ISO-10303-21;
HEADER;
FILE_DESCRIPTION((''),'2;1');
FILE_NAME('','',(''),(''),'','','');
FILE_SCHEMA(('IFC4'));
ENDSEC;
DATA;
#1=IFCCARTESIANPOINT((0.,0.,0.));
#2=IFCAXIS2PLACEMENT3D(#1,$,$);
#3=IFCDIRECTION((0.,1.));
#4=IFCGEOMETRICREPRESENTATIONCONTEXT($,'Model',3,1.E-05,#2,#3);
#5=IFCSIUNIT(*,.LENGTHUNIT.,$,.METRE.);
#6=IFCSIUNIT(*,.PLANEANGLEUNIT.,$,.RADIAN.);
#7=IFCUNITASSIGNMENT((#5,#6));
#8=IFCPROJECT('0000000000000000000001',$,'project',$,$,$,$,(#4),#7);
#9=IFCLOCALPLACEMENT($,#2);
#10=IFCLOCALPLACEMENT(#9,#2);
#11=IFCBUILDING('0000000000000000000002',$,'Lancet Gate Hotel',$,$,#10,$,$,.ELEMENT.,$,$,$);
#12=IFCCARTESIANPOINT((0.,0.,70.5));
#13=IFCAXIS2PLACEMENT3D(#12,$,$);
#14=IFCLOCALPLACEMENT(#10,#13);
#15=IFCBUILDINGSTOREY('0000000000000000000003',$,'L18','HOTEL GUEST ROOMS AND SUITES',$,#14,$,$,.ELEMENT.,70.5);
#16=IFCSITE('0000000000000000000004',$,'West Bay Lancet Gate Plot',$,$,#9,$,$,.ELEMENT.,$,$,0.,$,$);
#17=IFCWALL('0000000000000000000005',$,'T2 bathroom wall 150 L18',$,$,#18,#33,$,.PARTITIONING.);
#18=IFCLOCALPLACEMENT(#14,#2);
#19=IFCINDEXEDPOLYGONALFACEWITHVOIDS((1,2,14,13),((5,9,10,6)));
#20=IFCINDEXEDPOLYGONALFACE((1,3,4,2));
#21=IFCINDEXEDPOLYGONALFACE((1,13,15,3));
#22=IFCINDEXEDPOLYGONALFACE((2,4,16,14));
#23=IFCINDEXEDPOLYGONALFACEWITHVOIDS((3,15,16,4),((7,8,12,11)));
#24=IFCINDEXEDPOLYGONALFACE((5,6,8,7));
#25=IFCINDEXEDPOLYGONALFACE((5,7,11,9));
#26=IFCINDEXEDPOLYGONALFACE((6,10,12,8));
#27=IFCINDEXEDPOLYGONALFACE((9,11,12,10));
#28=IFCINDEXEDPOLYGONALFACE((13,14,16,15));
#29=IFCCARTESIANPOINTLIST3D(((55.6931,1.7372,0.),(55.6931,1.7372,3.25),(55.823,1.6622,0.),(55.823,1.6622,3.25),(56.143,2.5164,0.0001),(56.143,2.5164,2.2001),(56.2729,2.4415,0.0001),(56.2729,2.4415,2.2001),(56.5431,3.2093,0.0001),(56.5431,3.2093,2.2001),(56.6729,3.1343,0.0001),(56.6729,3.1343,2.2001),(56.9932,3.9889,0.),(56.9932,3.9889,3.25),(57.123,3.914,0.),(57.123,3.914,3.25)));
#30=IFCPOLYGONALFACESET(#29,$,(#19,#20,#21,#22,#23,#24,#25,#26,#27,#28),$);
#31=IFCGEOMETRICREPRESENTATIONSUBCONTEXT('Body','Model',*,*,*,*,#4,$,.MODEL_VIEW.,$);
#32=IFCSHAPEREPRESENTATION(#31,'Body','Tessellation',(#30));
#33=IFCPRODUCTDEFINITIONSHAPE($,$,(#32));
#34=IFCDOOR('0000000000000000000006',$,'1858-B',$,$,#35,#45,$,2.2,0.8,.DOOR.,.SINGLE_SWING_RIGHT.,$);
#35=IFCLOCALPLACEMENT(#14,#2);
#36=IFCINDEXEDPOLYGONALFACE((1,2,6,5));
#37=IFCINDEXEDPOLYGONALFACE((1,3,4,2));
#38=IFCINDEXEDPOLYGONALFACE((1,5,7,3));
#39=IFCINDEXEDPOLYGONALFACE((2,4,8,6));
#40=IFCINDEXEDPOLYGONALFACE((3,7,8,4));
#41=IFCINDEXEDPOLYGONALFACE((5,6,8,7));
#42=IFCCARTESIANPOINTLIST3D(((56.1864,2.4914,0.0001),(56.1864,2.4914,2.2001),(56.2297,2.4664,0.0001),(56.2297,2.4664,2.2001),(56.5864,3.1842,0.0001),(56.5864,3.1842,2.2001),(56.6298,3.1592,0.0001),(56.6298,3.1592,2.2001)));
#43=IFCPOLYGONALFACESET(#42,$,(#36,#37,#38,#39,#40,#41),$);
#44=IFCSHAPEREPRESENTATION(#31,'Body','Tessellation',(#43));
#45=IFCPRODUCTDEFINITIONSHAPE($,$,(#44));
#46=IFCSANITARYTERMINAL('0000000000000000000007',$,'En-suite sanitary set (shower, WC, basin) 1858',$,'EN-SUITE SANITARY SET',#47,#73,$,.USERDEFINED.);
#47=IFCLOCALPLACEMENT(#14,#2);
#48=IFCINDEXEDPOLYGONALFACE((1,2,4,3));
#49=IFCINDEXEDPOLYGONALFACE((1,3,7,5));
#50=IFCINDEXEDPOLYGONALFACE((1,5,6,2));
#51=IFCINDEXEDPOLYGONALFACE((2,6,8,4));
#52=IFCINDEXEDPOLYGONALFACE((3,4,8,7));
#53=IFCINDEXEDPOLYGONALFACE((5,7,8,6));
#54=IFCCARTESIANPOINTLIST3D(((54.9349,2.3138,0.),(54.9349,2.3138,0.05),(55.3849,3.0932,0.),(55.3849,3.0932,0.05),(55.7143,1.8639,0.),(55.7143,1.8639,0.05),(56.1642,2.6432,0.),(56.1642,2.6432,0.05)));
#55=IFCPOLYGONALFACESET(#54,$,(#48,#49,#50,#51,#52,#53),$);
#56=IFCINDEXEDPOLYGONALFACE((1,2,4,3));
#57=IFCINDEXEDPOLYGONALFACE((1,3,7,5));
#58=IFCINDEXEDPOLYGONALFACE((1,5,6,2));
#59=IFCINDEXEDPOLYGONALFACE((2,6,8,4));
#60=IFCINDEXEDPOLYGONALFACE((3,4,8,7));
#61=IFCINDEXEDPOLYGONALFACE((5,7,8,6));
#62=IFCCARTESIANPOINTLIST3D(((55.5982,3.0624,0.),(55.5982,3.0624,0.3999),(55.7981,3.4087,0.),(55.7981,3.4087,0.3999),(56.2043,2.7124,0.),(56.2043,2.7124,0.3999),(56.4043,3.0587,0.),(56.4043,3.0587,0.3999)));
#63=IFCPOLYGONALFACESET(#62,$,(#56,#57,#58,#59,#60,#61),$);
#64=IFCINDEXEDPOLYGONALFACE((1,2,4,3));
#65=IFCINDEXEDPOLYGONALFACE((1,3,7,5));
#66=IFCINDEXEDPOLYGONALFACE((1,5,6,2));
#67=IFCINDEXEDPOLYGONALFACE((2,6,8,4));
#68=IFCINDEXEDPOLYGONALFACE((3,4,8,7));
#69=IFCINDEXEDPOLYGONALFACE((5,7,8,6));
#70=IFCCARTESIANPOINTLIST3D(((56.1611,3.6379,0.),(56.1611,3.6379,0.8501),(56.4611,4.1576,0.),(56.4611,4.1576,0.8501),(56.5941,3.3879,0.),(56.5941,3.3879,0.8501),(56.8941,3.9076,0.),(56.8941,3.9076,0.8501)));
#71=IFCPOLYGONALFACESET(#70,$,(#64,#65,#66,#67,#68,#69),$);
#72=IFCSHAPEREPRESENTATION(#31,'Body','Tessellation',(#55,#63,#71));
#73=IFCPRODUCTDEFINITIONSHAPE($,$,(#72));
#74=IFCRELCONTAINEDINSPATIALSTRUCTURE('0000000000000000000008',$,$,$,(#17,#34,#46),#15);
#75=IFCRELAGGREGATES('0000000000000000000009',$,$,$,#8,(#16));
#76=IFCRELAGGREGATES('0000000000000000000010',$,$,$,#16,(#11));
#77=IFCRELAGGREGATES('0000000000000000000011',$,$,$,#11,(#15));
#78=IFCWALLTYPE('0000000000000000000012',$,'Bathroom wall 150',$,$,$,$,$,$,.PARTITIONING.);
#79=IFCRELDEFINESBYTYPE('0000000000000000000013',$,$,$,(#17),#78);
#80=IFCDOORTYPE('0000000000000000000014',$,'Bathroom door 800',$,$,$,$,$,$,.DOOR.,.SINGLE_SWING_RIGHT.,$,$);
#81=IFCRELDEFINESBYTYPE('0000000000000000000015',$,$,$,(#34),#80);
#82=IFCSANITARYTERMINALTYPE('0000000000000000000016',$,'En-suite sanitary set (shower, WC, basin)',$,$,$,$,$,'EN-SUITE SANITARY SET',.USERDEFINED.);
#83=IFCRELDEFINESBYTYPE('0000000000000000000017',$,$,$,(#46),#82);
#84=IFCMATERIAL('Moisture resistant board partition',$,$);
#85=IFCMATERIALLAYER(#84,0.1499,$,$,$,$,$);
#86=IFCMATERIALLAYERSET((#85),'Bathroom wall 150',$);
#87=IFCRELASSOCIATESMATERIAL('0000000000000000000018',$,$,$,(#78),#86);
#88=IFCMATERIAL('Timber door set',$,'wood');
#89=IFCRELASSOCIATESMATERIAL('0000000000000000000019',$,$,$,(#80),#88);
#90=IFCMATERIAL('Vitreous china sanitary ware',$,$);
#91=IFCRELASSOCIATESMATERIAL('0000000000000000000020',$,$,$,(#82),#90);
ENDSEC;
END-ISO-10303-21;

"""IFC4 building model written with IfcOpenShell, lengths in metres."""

from ifc_helpers import new_model, si_unit, direction, frame, frame_2d, origin, origin_2d, place, context, subcontext, project, spatial, rectangle, extrude, material, layer, layer_set, type_object, element, fill, save


model = new_model("IFC4")

# Units and contexts
model_context = context("Model", 3, precision=1e-05, world=origin(), true_north=direction((0.0, 1.0)))
body_context = subcontext(model_context, "Body", "Model", "MODEL_VIEW")
ifc_project = project(units=[si_unit("LENGTHUNIT", "METRE"), si_unit("PLANEANGLEUNIT", "RADIAN")], contexts=[model_context])

# Site, building, storey
site_placement = place(None, origin())
site = spatial("IfcSite", under=ifc_project, at=site_placement, Name="West Bay Lancet Gate Plot", CompositionType="ELEMENT", RefElevation=0.0)
building_placement = place(site_placement, origin())
building = spatial("IfcBuilding", under=site, at=building_placement, Name="Lancet Gate Hotel", CompositionType="ELEMENT")
storey_placement = place(building_placement, frame((0.0, 0.0, 70.5)))
storey = spatial("IfcBuildingStorey", under=building, at=storey_placement, Name="L18", Description="HOTEL GUEST ROOMS AND SUITES", CompositionType="ELEMENT", Elevation=70.5)

# Shared definitions
ifc_material_1 = material(Name="Moisture resistant board partition")
ifc_layer_1 = layer(ifc_material_1, 0.1499)
ifc_layer_set_1 = layer_set([ifc_layer_1], Name="Bathroom wall 150")
wall_type = type_object("IfcWallType", Name="Bathroom wall 150", PredefinedType="PARTITIONING", material=ifc_layer_set_1)

# Wall, opening, door
wall_1_placement = place(storey_placement, frame((55.7581, 1.6997, 0.0), z_axis=(0.0, 0.0, 1.0), x_axis=(0.500007, 0.866021, 0.0)))
wall_1 = element("IfcWall", 1, at=wall_1_placement, inside=storey, type_object=wall_type, Name="T2 bathroom wall 150 L18", PredefinedType="PARTITIONING", context=body_context, shape_type="SweptSolid", body=[
    extrude(rectangle(XDim=2.6001, YDim=0.1499, at=frame_2d((1.3, 0.0))), origin(), (0.0, 0.0, 1.0), 3.25),
])
opening_placement = place(wall_1_placement, frame((0.8999, 0.0, 0.0)))
opening = element("IfcOpeningElement", 2, at=opening_placement, cuts=wall_1, PredefinedType="OPENING", context=body_context, shape_type="SweptSolid", body=[
    extrude(rectangle(XDim=0.8, YDim=2.2, at=frame_2d((0.3999, 1.1001))), frame((0.0, 0.085, 0.0), z_axis=(0.0, -1.0, 0.0), x_axis=(1.0, 0.0, 0.0)), (0.0, 0.0, 1.0), 0.1699),
])
ifc_material_2 = material(Name="Timber door set", Category="wood")
door_type = type_object("IfcDoorType", Name="Bathroom door 800", OperationType="SINGLE_SWING_RIGHT", PredefinedType="DOOR", material=ifc_material_2)
door_placement = place(opening_placement, origin())
door = element("IfcDoor", 3, at=door_placement, inside=storey, type_object=door_type, Name="1858-B", OperationType="SINGLE_SWING_RIGHT", OverallHeight=2.2, OverallWidth=0.8, PredefinedType="DOOR", context=body_context, shape_type="SweptSolid", body=[
    extrude(rectangle(XDim=0.8, YDim=2.2, at=frame_2d((0.3999, 1.1001))), frame((0.0, 0.0249, 0.0), z_axis=(0.0, -1.0, 0.0), x_axis=(1.0, 0.0, 0.0)), (0.0, 0.0, 1.0), 0.05),
])
fill(opening, door)

# Sanitary terminal
ifc_material_3 = material(Name="Vitreous china sanitary ware")
sanitary_terminal_type = type_object("IfcSanitaryTerminalType", Name="En-suite sanitary set (shower, WC, basin)", ElementType="EN-SUITE SANITARY SET", PredefinedType="USERDEFINED", material=ifc_material_3)
sanitary_terminal_placement = place(storey_placement, frame((55.5496, 2.4785, 0.0), z_axis=(0.0, 0.0, 1.0), x_axis=(1.0, 0.0, 0.0)))
element("IfcSanitaryTerminal", 4, at=sanitary_terminal_placement, inside=storey, type_object=sanitary_terminal_type, Name="En-suite sanitary set (shower, WC, basin) 1858", ObjectType="EN-SUITE SANITARY SET", PredefinedType="USERDEFINED", context=body_context, shape_type="SweptSolid", body=[
    extrude(rectangle(XDim=0.8999, YDim=0.8999, at=origin_2d()), frame((0.0, 0.0, 0.0), z_axis=(0.0, 0.0, 1.0), x_axis=(-0.5, -0.866025, 0.0)), (0.0, 0.0, 1.0), 0.05),
    extrude(rectangle(XDim=0.3999, YDim=0.7, at=origin_2d()), frame((0.4517, 0.582, 0.0), z_axis=(0.0, 0.0, 1.0), x_axis=(-0.5, -0.866025, 0.0)), (0.0, 0.0, 1.0), 0.3999),
    extrude(rectangle(XDim=0.6001, YDim=0.5, at=origin_2d()), frame((0.978, 1.2942, 0.0), z_axis=(0.0, 0.0, 1.0), x_axis=(-0.5, -0.866025, 0.0)), (0.0, 0.0, 1.0), 0.8501),
])

save(model, "model.ifc")
